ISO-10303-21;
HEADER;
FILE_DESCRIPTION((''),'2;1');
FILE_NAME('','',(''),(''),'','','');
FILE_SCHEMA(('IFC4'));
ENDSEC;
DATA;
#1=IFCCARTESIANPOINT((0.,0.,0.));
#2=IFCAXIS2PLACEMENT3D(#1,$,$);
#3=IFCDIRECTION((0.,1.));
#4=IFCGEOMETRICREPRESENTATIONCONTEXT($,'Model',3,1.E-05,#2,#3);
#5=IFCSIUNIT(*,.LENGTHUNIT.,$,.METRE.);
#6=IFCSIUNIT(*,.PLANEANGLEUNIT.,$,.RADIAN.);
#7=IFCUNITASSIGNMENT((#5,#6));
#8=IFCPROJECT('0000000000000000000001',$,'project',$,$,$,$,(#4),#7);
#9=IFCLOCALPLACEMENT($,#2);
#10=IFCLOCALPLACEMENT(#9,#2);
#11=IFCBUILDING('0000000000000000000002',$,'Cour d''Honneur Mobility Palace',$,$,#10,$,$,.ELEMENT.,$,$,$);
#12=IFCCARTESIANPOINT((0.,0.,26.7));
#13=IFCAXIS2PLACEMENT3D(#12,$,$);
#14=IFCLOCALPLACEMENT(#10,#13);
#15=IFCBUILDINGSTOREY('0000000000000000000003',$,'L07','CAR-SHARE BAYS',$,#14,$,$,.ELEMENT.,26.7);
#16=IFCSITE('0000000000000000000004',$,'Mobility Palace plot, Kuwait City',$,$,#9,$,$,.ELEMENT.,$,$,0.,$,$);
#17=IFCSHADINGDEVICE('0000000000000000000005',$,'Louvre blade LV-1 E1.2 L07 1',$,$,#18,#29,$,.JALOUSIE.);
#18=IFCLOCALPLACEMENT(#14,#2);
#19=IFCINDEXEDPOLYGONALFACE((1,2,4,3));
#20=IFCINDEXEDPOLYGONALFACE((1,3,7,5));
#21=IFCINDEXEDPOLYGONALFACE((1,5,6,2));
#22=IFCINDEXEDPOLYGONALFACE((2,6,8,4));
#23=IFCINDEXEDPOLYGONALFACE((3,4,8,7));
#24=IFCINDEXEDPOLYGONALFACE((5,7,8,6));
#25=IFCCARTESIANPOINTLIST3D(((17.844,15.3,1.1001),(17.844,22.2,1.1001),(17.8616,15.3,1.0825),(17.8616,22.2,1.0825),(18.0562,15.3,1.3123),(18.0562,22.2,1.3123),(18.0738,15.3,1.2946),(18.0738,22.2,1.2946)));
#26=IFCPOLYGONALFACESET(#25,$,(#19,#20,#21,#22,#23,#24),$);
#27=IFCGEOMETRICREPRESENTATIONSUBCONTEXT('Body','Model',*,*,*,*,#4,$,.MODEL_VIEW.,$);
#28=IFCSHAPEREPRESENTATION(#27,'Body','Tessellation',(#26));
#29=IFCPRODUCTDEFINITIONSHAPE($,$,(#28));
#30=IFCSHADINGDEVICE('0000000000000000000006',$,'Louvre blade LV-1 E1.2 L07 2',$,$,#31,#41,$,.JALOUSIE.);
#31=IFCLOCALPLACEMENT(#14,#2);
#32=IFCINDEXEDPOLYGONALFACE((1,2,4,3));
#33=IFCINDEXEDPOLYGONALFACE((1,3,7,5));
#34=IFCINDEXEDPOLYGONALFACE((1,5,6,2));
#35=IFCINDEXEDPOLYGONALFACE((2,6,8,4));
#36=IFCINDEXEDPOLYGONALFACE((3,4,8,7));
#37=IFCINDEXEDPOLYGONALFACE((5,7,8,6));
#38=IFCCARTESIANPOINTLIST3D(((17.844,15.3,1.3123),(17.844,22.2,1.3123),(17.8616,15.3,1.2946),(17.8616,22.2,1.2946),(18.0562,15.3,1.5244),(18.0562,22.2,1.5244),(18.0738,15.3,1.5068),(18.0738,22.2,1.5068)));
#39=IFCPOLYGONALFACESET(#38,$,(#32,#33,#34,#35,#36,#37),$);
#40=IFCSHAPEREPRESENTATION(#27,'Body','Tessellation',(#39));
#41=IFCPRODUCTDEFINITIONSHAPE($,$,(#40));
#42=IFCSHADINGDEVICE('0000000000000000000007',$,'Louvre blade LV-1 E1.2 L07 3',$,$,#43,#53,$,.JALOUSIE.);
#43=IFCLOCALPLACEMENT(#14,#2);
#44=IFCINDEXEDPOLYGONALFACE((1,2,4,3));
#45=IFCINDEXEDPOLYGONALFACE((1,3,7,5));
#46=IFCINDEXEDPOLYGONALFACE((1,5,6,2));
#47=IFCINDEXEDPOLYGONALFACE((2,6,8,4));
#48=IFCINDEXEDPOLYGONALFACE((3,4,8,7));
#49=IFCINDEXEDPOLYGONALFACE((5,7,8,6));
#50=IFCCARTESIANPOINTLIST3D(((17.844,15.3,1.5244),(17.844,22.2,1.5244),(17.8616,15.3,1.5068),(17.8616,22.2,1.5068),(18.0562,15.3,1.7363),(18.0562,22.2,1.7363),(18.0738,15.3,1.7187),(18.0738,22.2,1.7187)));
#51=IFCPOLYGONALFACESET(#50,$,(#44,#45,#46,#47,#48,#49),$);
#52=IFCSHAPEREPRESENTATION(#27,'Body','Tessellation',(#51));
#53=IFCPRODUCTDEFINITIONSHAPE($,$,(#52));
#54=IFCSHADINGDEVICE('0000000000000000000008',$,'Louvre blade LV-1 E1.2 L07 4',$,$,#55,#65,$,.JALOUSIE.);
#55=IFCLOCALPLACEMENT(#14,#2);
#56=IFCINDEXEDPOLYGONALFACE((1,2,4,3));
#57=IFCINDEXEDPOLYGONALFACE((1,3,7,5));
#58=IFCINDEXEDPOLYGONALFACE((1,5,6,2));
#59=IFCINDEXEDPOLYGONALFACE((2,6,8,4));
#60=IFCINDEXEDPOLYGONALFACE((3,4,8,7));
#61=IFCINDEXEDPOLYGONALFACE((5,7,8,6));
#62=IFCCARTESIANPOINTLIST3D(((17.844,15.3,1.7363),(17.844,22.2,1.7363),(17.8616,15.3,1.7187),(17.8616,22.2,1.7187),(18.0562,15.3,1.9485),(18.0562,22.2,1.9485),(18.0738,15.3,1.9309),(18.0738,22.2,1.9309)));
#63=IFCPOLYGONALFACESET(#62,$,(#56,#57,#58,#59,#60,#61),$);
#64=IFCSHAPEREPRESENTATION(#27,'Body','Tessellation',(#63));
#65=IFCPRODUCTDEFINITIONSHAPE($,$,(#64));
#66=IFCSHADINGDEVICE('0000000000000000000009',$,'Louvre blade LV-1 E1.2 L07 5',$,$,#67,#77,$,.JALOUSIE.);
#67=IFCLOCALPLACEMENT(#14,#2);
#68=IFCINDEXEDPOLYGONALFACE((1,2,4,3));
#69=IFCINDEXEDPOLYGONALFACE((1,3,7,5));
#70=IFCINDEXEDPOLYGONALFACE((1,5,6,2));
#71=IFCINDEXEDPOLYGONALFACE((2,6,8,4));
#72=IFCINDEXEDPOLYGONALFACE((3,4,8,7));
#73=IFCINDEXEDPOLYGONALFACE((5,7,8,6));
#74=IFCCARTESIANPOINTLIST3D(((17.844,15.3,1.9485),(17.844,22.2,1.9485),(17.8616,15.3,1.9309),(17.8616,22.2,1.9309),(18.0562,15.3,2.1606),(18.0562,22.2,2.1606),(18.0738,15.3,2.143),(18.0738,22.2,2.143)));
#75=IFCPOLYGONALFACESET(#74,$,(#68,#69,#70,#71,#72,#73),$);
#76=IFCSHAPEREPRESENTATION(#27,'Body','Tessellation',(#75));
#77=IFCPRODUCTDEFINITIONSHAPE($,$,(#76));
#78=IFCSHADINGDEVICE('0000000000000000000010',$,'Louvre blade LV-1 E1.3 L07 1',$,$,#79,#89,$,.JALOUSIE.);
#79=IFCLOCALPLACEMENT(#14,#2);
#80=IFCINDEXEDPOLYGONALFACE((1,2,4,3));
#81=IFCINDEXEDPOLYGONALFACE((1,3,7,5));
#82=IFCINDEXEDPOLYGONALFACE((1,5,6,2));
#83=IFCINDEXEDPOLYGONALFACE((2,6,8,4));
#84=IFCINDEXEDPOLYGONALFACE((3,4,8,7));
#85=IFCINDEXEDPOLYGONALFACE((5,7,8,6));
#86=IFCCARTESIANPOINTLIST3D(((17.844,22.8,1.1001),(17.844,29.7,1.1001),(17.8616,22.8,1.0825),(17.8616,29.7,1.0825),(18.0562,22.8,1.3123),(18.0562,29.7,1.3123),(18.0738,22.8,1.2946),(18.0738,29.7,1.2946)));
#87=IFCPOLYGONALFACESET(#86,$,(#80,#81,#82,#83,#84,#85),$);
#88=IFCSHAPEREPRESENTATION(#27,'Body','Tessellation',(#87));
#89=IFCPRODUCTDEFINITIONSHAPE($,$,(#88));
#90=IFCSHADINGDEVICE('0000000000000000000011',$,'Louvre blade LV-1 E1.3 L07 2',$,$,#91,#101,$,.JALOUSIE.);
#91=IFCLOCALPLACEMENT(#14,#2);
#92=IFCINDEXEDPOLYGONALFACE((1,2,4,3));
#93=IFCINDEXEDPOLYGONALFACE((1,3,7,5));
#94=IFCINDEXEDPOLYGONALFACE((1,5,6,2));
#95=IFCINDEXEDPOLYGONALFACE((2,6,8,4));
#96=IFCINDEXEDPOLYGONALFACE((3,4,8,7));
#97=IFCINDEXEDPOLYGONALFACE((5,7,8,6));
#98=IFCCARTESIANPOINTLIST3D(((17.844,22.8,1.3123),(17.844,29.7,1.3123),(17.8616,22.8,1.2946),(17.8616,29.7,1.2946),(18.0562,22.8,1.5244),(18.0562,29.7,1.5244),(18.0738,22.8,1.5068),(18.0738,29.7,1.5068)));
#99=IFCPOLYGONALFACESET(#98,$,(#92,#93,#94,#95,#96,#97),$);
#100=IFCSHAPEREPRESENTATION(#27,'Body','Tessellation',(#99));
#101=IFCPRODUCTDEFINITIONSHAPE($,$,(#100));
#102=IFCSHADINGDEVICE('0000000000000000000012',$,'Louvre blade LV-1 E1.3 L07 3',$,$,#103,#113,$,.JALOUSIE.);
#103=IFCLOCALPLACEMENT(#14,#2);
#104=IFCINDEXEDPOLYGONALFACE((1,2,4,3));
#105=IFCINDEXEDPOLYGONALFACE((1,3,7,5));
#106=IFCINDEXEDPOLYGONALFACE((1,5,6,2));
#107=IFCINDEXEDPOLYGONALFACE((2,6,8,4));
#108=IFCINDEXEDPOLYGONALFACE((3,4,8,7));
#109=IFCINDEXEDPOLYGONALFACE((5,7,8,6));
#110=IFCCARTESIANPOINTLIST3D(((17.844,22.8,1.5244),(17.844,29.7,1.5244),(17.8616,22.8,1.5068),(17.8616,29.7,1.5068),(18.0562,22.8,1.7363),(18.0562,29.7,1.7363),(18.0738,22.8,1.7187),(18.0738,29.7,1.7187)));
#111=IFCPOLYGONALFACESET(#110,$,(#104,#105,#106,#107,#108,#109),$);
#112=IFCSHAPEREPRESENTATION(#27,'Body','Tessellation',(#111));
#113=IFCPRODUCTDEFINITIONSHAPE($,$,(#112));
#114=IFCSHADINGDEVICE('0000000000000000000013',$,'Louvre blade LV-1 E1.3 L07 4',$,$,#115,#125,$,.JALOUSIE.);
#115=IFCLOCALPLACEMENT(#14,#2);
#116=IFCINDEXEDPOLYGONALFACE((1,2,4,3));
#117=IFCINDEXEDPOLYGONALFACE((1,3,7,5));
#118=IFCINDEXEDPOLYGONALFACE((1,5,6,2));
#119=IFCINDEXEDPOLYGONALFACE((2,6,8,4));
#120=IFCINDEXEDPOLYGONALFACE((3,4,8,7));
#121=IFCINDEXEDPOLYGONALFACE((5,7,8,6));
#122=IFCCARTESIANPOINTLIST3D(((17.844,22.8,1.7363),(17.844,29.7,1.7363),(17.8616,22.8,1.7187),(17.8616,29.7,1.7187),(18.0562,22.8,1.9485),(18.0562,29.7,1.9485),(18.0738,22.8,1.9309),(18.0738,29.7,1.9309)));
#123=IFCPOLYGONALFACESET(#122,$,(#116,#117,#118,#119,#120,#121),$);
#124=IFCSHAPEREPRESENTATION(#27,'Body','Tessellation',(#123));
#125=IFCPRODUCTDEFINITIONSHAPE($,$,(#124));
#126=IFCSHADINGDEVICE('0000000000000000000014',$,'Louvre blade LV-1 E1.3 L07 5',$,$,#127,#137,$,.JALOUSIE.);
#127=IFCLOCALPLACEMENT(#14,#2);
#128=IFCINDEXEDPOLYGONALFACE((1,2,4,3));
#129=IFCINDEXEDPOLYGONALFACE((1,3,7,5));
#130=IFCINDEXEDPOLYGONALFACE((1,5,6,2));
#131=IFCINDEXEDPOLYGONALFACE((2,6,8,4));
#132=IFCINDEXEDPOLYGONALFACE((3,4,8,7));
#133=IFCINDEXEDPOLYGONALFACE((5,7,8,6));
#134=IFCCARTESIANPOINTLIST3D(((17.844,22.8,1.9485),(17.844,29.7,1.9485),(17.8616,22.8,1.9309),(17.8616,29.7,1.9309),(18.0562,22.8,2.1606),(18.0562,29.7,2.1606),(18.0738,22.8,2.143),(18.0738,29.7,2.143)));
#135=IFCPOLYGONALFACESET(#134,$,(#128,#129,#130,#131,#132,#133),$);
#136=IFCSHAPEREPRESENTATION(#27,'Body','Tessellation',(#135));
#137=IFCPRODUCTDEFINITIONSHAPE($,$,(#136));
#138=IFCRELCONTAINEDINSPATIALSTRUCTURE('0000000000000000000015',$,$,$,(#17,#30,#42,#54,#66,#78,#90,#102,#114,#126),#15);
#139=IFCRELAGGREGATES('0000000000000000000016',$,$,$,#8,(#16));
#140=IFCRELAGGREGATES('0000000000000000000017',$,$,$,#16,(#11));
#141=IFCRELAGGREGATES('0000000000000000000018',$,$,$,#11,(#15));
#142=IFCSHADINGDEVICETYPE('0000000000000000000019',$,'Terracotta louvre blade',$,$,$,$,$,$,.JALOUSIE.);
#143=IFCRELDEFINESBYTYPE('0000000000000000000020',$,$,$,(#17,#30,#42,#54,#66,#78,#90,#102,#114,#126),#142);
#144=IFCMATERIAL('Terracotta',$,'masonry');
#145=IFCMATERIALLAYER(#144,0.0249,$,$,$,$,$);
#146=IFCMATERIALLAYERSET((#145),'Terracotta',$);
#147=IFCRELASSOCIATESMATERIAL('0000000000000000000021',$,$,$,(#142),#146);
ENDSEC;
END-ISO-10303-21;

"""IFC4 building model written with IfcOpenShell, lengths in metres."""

from ifc_helpers import new_model, si_unit, direction, frame, origin, place, context, subcontext, project, spatial, polyline, outline, extrude, material, layer, layer_set, type_object, element, save


model = new_model("IFC4")

# Units and contexts
model_context = context("Model", 3, precision=1e-05, world=origin(), true_north=direction((0.0, 1.0)))
body_context = subcontext(model_context, "Body", "Model", "MODEL_VIEW")
ifc_project = project(units=[si_unit("LENGTHUNIT", "METRE"), si_unit("PLANEANGLEUNIT", "RADIAN")], contexts=[model_context])

# Site, building, storey
site_placement = place(None, origin())
site = spatial("IfcSite", under=ifc_project, at=site_placement, Name="Mobility Palace plot, Kuwait City", CompositionType="ELEMENT", RefElevation=0.0)
building_placement = place(site_placement, origin())
building = spatial("IfcBuilding", under=site, at=building_placement, Name="Cour d'Honneur Mobility Palace", CompositionType="ELEMENT")
storey_placement = place(building_placement, frame((0.0, 0.0, 26.7)))
storey = spatial("IfcBuildingStorey", under=building, at=storey_placement, Name="L07", Description="CAR-SHARE BAYS", CompositionType="ELEMENT", Elevation=26.7)

# Shading devices
ifc_material_1 = material(Name="Terracotta", Category="masonry")
ifc_layer_1 = layer(ifc_material_1, 0.0249)
ifc_layer_set_1 = layer_set([ifc_layer_1], Name="Terracotta")
shading_device_type = type_object("IfcShadingDeviceType", Name="Terracotta louvre blade", PredefinedType="JALOUSIE", material=ifc_layer_set_1)
for number, where, z_axis, x_axis, name in (
    (1, (17.844, 15.3, 1.1001), (-0.707107, 0.0, 0.707107), (0.0, 1.0, 0.0), "Louvre blade LV-1 E1.2 L07 1"),
    (2, (17.844, 15.3, 1.3123), (-0.707107, 0.0, 0.707107), (0.0, 1.0, 0.0), "Louvre blade LV-1 E1.2 L07 2"),
):
    element("IfcShadingDevice", number, at=place(storey_placement, frame(where, z_axis=z_axis, x_axis=x_axis)), inside=storey, type_object=shading_device_type, Name=name, PredefinedType="JALOUSIE", context=body_context, shape_type="SweptSolid", body=[
        extrude(outline(polyline([(0.0, 0.0), (6.8999, 0.0), (6.8999, -0.3), (0.0, -0.3), (0.0, 0.0)])), origin(), (0.0, 0.0, -1.0), 0.0249),
    ])
shading_device_1_placement = place(storey_placement, frame((17.844, 15.3, 1.5244), z_axis=(-0.7067, 0.0, 0.707514), x_axis=(0.0, 1.0, 0.0)))
element("IfcShadingDevice", 3, at=shading_device_1_placement, inside=storey, type_object=shading_device_type, Name="Louvre blade LV-1 E1.2 L07 3", PredefinedType="JALOUSIE", context=body_context, shape_type="SweptSolid", body=[
    extrude(outline(polyline([(0.0, 0.0), (6.8999, 0.0), (6.8999, -0.2999), (0.0, -0.2999), (0.0, 0.0)])), origin(), (0.0, 0.0, -1.0), 0.0249),
])
for number, where, z_axis, x_axis, name in (
    (4, (17.844, 15.3, 1.7363), (-0.707107, 0.0, 0.707107), (0.0, 1.0, 0.0), "Louvre blade LV-1 E1.2 L07 4"),
    (5, (17.844, 15.3, 1.9485), (-0.707107, 0.0, 0.707107), (0.0, 1.0, 0.0), "Louvre blade LV-1 E1.2 L07 5"),
    (6, (17.844, 22.8, 1.1001), (-0.707107, 0.0, 0.707107), (0.0, 1.0, 0.0), "Louvre blade LV-1 E1.3 L07 1"),
    (7, (17.844, 22.8, 1.3123), (-0.707107, 0.0, 0.707107), (0.0, 1.0, 0.0), "Louvre blade LV-1 E1.3 L07 2"),
):
    element("IfcShadingDevice", number, at=place(storey_placement, frame(where, z_axis=z_axis, x_axis=x_axis)), inside=storey, type_object=shading_device_type, Name=name, PredefinedType="JALOUSIE", context=body_context, shape_type="SweptSolid", body=[
        extrude(outline(polyline([(0.0, 0.0), (6.8999, 0.0), (6.8999, -0.3), (0.0, -0.3), (0.0, 0.0)])), origin(), (0.0, 0.0, -1.0), 0.0249),
    ])
shading_device_2_placement = place(storey_placement, frame((17.844, 22.8, 1.5244), z_axis=(-0.7067, 0.0, 0.707514), x_axis=(0.0, 1.0, 0.0)))
element("IfcShadingDevice", 8, at=shading_device_2_placement, inside=storey, type_object=shading_device_type, Name="Louvre blade LV-1 E1.3 L07 3", PredefinedType="JALOUSIE", context=body_context, shape_type="SweptSolid", body=[
    extrude(outline(polyline([(0.0, 0.0), (6.8999, 0.0), (6.8999, -0.2999), (0.0, -0.2999), (0.0, 0.0)])), origin(), (0.0, 0.0, -1.0), 0.0249),
])
for number, where, z_axis, x_axis, name in (
    (9, (17.844, 22.8, 1.7363), (-0.707107, 0.0, 0.707107), (0.0, 1.0, 0.0), "Louvre blade LV-1 E1.3 L07 4"),
    (10, (17.844, 22.8, 1.9485), (-0.707107, 0.0, 0.707107), (0.0, 1.0, 0.0), "Louvre blade LV-1 E1.3 L07 5"),
):
    element("IfcShadingDevice", number, at=place(storey_placement, frame(where, z_axis=z_axis, x_axis=x_axis)), inside=storey, type_object=shading_device_type, Name=name, PredefinedType="JALOUSIE", context=body_context, shape_type="SweptSolid", body=[
        extrude(outline(polyline([(0.0, 0.0), (6.8999, 0.0), (6.8999, -0.3), (0.0, -0.3), (0.0, 0.0)])), origin(), (0.0, 0.0, -1.0), 0.0249),
    ])

save(model, "model.ifc")
